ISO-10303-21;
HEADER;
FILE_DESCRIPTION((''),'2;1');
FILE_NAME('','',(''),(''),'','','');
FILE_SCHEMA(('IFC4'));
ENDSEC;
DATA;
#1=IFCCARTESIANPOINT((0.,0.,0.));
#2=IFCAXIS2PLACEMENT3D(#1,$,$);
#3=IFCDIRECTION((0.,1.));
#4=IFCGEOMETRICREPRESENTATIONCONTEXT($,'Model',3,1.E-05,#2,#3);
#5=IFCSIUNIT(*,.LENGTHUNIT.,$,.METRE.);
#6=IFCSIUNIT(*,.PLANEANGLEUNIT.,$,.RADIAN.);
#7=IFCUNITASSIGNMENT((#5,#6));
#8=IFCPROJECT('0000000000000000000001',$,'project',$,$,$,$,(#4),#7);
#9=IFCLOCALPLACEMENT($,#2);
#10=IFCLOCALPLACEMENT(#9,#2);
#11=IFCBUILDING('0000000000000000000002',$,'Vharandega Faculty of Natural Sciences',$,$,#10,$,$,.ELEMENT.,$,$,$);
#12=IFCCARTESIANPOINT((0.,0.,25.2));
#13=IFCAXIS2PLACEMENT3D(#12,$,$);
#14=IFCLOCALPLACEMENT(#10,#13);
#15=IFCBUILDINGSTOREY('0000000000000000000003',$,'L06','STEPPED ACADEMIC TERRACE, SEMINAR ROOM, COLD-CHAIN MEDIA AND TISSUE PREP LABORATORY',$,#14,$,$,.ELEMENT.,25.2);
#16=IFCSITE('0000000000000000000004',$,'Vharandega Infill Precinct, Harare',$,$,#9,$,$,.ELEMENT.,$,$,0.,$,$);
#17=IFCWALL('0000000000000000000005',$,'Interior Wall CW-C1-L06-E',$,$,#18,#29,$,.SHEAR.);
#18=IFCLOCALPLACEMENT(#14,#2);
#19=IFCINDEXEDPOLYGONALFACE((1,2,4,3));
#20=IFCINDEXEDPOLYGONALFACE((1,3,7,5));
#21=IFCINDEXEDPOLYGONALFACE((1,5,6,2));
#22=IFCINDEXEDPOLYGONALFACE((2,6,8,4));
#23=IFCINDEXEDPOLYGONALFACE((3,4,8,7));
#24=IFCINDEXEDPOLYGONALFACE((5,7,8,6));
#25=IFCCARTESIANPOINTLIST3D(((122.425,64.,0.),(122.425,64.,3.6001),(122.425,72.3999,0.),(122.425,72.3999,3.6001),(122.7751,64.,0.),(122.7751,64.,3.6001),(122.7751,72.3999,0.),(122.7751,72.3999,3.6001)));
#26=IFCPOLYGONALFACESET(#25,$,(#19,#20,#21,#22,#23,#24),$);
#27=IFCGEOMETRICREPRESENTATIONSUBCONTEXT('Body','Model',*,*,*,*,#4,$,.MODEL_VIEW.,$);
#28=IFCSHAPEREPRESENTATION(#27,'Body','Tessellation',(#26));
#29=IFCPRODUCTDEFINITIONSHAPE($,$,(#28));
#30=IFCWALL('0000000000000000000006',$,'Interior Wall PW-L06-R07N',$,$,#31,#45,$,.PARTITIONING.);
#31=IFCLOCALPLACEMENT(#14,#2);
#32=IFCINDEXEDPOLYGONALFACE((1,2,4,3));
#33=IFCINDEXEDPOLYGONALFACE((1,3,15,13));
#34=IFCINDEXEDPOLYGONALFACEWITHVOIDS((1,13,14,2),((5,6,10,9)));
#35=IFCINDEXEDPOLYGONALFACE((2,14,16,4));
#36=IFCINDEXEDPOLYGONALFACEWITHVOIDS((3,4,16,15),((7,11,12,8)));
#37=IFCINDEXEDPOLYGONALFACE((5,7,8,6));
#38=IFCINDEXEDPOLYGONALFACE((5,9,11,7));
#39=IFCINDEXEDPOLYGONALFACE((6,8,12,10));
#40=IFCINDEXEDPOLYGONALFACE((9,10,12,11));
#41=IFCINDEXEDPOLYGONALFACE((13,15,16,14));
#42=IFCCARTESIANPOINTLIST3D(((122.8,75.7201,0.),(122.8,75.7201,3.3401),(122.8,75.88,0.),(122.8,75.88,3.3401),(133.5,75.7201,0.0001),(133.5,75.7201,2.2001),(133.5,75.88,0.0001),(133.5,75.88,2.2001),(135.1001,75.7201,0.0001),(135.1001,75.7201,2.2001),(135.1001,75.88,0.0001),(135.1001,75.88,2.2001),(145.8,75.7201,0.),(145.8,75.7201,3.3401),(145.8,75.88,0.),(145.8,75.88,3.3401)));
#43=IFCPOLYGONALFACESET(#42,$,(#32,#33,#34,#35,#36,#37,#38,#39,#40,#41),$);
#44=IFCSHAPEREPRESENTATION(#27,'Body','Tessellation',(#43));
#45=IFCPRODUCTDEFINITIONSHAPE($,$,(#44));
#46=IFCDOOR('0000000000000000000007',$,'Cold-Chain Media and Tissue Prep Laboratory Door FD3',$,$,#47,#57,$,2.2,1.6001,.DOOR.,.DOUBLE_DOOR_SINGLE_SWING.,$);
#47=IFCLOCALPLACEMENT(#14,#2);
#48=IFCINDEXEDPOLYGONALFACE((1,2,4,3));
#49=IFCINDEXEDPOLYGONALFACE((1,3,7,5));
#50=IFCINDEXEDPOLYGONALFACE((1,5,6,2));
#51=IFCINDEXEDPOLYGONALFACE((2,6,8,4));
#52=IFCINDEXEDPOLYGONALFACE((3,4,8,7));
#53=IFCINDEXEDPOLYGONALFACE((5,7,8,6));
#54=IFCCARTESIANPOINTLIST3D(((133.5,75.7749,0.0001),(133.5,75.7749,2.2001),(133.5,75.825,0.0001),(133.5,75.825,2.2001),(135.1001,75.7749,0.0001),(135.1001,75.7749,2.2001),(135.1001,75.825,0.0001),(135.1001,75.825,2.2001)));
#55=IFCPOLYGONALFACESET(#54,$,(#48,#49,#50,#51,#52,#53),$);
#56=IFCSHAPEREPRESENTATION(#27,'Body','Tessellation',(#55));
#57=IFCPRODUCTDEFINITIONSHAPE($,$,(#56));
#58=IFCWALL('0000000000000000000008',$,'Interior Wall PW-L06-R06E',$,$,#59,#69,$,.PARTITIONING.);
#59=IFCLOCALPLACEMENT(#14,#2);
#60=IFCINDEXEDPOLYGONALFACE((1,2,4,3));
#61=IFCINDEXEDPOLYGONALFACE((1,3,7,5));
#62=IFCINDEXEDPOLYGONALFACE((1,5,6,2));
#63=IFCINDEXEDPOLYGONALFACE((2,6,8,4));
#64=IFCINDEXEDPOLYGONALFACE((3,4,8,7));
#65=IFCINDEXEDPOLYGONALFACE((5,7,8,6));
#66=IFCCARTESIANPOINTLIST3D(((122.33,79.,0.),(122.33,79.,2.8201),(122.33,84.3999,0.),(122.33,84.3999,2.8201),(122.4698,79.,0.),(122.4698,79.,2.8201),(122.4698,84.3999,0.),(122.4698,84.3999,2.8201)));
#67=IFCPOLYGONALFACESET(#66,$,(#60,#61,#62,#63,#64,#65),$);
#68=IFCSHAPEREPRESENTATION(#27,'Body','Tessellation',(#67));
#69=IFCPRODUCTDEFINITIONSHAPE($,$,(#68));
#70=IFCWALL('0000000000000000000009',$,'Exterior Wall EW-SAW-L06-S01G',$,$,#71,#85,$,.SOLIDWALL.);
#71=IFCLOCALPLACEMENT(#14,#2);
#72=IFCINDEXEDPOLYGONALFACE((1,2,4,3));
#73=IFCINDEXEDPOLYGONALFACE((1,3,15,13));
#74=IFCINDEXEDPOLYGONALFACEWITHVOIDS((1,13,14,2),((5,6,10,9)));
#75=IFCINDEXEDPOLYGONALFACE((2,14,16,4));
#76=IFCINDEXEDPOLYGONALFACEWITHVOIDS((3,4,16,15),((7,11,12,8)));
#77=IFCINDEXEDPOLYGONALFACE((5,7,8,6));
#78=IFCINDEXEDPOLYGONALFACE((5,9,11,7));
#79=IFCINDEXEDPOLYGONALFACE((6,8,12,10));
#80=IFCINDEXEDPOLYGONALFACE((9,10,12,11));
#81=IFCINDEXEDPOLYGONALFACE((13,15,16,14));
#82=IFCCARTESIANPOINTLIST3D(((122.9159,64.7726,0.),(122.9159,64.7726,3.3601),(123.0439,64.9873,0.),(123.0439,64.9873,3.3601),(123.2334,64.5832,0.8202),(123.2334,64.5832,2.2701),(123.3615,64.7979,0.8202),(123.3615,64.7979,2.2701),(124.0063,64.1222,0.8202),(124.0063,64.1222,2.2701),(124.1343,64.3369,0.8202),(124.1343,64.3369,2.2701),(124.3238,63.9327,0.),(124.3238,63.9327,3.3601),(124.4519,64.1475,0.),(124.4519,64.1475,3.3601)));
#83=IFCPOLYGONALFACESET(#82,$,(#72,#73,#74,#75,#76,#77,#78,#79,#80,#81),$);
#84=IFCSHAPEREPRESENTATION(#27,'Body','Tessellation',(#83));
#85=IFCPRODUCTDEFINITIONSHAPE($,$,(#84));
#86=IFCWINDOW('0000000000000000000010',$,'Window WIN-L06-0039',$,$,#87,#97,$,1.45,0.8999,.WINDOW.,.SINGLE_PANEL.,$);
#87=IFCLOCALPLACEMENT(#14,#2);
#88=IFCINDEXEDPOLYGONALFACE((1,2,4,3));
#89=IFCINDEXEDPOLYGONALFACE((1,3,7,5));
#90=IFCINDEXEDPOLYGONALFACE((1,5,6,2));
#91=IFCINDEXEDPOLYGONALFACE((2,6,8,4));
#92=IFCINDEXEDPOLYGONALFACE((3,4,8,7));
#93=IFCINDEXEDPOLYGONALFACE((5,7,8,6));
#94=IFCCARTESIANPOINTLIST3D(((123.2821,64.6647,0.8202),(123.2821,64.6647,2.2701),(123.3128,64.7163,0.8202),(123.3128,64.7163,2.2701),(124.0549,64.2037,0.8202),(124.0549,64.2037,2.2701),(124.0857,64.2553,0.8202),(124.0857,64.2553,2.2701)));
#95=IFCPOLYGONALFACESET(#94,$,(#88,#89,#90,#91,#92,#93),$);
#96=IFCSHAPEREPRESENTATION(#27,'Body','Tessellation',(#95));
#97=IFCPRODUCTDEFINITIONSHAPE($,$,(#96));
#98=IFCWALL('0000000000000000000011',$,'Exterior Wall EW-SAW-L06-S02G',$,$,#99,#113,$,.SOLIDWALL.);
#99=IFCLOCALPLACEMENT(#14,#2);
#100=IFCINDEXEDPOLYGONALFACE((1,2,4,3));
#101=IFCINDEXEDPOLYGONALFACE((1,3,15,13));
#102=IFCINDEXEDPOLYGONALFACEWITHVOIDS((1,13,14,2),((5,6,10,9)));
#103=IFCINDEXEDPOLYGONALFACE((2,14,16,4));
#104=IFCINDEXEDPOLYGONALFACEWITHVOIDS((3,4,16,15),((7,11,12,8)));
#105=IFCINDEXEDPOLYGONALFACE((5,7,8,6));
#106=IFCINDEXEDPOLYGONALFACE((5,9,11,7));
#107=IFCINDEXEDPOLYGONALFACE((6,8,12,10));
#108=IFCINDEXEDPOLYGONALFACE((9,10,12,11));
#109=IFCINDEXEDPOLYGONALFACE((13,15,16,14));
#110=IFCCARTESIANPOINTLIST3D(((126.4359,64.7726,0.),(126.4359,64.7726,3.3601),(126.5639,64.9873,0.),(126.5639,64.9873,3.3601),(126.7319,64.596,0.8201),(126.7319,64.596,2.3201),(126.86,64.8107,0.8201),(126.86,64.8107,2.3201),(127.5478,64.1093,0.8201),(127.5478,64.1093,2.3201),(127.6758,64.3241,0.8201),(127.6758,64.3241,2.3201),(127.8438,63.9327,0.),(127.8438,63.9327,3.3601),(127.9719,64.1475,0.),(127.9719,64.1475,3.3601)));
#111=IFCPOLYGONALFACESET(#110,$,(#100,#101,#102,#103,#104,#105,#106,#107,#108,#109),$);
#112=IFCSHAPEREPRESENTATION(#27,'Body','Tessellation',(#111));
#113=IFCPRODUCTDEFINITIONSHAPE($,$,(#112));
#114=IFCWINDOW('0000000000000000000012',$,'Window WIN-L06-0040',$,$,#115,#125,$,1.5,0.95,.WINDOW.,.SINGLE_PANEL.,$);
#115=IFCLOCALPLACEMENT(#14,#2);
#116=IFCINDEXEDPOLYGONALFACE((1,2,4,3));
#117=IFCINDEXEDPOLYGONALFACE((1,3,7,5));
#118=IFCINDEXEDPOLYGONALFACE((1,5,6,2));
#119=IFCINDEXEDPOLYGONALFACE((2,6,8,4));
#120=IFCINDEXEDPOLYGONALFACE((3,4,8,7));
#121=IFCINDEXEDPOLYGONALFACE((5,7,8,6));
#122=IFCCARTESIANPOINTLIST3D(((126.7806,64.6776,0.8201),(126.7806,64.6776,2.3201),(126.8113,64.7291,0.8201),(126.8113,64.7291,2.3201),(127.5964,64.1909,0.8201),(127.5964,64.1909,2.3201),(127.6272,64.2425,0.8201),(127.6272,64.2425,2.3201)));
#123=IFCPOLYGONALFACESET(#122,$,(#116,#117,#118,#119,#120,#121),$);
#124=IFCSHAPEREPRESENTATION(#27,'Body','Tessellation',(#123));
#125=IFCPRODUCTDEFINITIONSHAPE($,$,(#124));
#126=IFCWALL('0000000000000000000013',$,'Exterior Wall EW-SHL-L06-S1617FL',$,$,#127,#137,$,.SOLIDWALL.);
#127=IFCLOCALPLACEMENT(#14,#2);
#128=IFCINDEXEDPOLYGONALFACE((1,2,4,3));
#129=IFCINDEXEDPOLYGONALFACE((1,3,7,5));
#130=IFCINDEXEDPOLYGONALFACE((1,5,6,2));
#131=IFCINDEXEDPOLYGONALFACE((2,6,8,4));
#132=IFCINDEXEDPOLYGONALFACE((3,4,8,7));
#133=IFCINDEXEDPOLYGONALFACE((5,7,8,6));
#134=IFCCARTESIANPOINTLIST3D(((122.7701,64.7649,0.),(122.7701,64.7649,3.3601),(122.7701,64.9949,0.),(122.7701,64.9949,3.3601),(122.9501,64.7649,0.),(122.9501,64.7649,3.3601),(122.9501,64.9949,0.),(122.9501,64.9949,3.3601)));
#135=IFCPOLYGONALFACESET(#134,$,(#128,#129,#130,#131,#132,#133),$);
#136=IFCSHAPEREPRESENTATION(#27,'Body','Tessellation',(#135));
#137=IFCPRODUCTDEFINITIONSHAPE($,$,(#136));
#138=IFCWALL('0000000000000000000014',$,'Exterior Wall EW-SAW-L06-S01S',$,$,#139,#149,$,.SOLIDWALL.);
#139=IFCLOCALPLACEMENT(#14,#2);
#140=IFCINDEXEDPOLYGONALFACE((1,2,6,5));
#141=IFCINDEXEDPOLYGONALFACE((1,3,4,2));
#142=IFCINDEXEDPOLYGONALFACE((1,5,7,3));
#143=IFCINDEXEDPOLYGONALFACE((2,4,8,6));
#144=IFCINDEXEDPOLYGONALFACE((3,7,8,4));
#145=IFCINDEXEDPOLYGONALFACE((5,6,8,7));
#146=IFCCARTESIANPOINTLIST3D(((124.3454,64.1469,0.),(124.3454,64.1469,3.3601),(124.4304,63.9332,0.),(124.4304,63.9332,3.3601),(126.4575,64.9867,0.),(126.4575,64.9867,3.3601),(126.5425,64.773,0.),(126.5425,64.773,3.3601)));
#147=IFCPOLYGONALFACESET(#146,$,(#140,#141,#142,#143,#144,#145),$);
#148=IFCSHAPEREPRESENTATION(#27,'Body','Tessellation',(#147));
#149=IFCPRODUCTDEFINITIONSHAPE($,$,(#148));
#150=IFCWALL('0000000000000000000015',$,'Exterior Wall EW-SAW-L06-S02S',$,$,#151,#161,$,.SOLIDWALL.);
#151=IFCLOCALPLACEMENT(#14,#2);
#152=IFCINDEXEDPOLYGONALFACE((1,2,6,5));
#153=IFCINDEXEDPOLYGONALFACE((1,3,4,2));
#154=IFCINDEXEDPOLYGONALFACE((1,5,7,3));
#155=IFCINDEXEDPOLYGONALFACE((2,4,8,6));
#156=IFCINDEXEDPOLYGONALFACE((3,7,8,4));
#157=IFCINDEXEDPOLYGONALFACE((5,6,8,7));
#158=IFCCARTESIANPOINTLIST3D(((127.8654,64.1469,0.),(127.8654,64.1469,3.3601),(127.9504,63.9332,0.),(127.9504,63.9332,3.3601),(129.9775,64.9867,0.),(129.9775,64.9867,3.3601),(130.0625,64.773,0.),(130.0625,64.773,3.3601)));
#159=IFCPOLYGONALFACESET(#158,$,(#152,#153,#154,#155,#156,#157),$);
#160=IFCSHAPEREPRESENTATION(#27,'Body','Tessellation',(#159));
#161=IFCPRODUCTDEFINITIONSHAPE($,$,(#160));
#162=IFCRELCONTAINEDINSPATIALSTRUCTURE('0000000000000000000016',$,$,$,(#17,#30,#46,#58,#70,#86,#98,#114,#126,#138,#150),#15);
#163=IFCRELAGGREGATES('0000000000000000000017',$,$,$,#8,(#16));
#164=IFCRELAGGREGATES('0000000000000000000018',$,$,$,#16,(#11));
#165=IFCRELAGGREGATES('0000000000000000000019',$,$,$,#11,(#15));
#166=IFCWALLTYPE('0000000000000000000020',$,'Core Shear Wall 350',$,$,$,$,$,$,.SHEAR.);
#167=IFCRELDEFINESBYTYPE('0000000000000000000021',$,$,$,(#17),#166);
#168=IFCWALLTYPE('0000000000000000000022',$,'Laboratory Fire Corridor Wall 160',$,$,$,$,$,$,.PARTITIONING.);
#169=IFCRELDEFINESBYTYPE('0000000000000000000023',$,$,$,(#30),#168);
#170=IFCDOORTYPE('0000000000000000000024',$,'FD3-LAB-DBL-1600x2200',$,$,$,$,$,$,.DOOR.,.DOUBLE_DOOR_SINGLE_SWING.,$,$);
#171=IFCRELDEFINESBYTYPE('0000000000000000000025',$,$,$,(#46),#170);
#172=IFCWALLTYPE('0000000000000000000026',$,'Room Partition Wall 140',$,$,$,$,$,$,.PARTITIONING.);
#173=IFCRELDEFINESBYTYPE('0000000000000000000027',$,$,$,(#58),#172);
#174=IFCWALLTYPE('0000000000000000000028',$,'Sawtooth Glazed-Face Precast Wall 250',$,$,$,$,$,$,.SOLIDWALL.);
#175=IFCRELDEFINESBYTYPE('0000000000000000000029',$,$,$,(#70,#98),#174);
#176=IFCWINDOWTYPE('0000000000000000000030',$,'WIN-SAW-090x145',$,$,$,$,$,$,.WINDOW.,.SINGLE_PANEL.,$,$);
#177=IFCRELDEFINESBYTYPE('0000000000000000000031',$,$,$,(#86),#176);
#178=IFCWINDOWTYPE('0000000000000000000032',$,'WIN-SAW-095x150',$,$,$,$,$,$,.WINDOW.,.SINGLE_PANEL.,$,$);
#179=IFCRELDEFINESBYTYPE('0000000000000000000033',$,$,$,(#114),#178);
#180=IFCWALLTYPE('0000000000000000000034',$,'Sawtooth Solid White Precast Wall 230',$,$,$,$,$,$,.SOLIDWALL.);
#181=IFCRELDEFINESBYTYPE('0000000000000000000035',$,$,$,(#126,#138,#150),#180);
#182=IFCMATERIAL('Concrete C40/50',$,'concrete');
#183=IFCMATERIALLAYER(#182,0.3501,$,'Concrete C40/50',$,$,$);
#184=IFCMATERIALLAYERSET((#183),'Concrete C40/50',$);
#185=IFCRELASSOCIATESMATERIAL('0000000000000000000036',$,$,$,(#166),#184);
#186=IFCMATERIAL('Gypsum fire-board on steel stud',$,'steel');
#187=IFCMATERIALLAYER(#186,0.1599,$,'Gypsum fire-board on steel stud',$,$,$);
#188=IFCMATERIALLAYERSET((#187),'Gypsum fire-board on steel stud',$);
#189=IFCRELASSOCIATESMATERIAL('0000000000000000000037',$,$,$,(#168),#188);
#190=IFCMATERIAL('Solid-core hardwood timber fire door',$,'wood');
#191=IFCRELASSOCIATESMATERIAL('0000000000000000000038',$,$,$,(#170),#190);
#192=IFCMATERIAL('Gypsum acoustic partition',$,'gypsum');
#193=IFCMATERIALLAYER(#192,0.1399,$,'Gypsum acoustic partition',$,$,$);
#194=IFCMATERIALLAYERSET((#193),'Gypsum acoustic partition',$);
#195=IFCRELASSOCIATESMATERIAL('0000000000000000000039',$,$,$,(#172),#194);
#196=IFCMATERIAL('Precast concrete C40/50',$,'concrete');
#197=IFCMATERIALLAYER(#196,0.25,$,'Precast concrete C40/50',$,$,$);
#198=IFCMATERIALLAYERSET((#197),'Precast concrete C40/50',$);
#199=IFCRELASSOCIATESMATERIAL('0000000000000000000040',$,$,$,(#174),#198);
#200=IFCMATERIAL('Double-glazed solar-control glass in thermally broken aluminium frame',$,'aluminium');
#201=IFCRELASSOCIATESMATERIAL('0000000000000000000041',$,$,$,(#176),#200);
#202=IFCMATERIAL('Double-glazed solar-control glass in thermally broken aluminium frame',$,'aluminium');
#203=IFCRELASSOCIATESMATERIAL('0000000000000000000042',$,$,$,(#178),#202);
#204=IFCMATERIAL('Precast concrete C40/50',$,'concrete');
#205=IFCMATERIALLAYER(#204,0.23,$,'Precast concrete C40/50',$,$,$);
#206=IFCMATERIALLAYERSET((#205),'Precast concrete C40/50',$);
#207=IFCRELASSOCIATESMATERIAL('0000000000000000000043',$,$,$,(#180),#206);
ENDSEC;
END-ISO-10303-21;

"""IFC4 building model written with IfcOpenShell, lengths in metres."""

from ifc_helpers import new_model, si_unit, direction, frame, frame_2d, origin, place, context, subcontext, project, spatial, rectangle, extrude, material, layer, layer_set, type_object, element, fill, save


model = new_model("IFC4")

# Units and contexts
model_context = context("Model", 3, precision=1e-05, world=origin(), true_north=direction((0.0, 1.0)))
body_context = subcontext(model_context, "Body", "Model", "MODEL_VIEW")
ifc_project = project(units=[si_unit("LENGTHUNIT", "METRE"), si_unit("PLANEANGLEUNIT", "RADIAN")], contexts=[model_context])

# Site, building, storey
site_placement = place(None, origin())
site = spatial("IfcSite", under=ifc_project, at=site_placement, Name="Vharandega Infill Precinct, Harare", CompositionType="ELEMENT", RefElevation=0.0)
building_placement = place(site_placement, origin())
building = spatial("IfcBuilding", under=site, at=building_placement, Name="Vharandega Faculty of Natural Sciences", CompositionType="ELEMENT")
storey_placement = place(building_placement, frame((0.0, 0.0, 25.2)))
storey = spatial("IfcBuildingStorey", under=building, at=storey_placement, Name="L06", Description="STEPPED ACADEMIC TERRACE, SEMINAR ROOM, COLD-CHAIN MEDIA AND TISSUE PREP LABORATORY", CompositionType="ELEMENT", Elevation=25.2)

# Wall
ifc_material_1 = material(Name="Concrete C40/50", Category="concrete")
ifc_layer_1 = layer(ifc_material_1, 0.3501, Name="Concrete C40/50")
ifc_layer_set_1 = layer_set([ifc_layer_1], Name="Concrete C40/50")
wall_type_1 = type_object("IfcWallType", Name="Core Shear Wall 350", PredefinedType="SHEAR", material=ifc_layer_set_1)
wall_1_placement = place(storey_placement, frame((122.6001, 64.0, 0.0), z_axis=(0.0, 0.0, 1.0), x_axis=(0.0, 1.0, 0.0)))
element("IfcWall", 1, at=wall_1_placement, inside=storey, type_object=wall_type_1, Name="Interior Wall CW-C1-L06-E", PredefinedType="SHEAR", context=body_context, shape_type="SweptSolid", body=[
    extrude(rectangle(XDim=8.3999, YDim=0.3501, at=frame_2d((4.2, 0.0))), origin(), (0.0, 0.0, 1.0), 3.6001),
])

# Wall, opening, door
ifc_material_2 = material(Name="Gypsum fire-board on steel stud", Category="steel")
ifc_layer_2 = layer(ifc_material_2, 0.1599, Name="Gypsum fire-board on steel stud")
ifc_layer_set_2 = layer_set([ifc_layer_2], Name="Gypsum fire-board on steel stud")
wall_type_2 = type_object("IfcWallType", Name="Laboratory Fire Corridor Wall 160", PredefinedType="PARTITIONING", material=ifc_layer_set_2)
wall_2_placement = place(storey_placement, frame((122.8, 75.8, 0.0), z_axis=(0.0, 0.0, 1.0), x_axis=(1.0, 0.0, 0.0)))
wall_2 = element("IfcWall", 2, at=wall_2_placement, inside=storey, type_object=wall_type_2, Name="Interior Wall PW-L06-R07N", PredefinedType="PARTITIONING", context=body_context, shape_type="SweptSolid", body=[
    extrude(rectangle(XDim=23.0, YDim=0.1599, at=frame_2d((11.5, 0.0))), origin(), (0.0, 0.0, 1.0), 3.3401),
])
opening_1_placement = place(wall_2_placement, frame((10.7, 0.0, 0.0)))
opening_1 = element("IfcOpeningElement", 3, at=opening_1_placement, cuts=wall_2, PredefinedType="OPENING", context=body_context, shape_type="SweptSolid", body=[
    extrude(rectangle(XDim=1.6001, YDim=2.2, at=frame_2d((0.8, 1.1001))), frame((0.0, 0.0898, 0.0), z_axis=(0.0, -1.0, 0.0), x_axis=(1.0, 0.0, 0.0)), (0.0, 0.0, 1.0), 0.1799),
])
ifc_material_3 = material(Name="Solid-core hardwood timber fire door", Category="wood")
door_type = type_object("IfcDoorType", Name="FD3-LAB-DBL-1600x2200", OperationType="DOUBLE_DOOR_SINGLE_SWING", PredefinedType="DOOR", material=ifc_material_3)
door_placement = place(opening_1_placement, origin())
door = element("IfcDoor", 4, at=door_placement, inside=storey, type_object=door_type, Name="Cold-Chain Media and Tissue Prep Laboratory Door FD3", OperationType="DOUBLE_DOOR_SINGLE_SWING", OverallHeight=2.2, OverallWidth=1.6001, PredefinedType="DOOR", context=body_context, shape_type="SweptSolid", body=[
    extrude(rectangle(XDim=1.6001, YDim=2.2, at=frame_2d((0.8, 1.1001))), frame((0.0, 0.0249, 0.0), z_axis=(0.0, -1.0, 0.0), x_axis=(1.0, 0.0, 0.0)), (0.0, 0.0, 1.0), 0.05),
])
fill(opening_1, door)

# Wall
ifc_material_4 = material(Name="Gypsum acoustic partition", Category="gypsum")
ifc_layer_3 = layer(ifc_material_4, 0.1399, Name="Gypsum acoustic partition")
ifc_layer_set_3 = layer_set([ifc_layer_3], Name="Gypsum acoustic partition")
wall_type_3 = type_object("IfcWallType", Name="Room Partition Wall 140", PredefinedType="PARTITIONING", material=ifc_layer_set_3)
wall_3_placement = place(storey_placement, frame((122.3999, 79.0, 0.0), z_axis=(0.0, 0.0, 1.0), x_axis=(0.0, 1.0, 0.0)))
element("IfcWall", 5, at=wall_3_placement, inside=storey, type_object=wall_type_3, Name="Interior Wall PW-L06-R06E", PredefinedType="PARTITIONING", context=body_context, shape_type="SweptSolid", body=[
    extrude(rectangle(XDim=5.3999, YDim=0.1399, at=frame_2d((2.7, 0.0))), origin(), (0.0, 0.0, 1.0), 2.8201),
])

# Walls, openings, windows
ifc_material_5 = material(Name="Precast concrete C40/50", Category="concrete")
ifc_layer_4 = layer(ifc_material_5, 0.25, Name="Precast concrete C40/50")
ifc_layer_set_4 = layer_set([ifc_layer_4], Name="Precast concrete C40/50")
wall_type_4 = type_object("IfcWallType", Name="Sawtooth Glazed-Face Precast Wall 250", PredefinedType="SOLIDWALL", material=ifc_layer_set_4)
wall_4_placement = place(storey_placement, frame((124.3879, 64.04, 0.0), z_axis=(0.0, 0.0, 1.0), x_axis=(-0.858817, 0.512282, 0.0)))
wall_4 = element("IfcWall", 6, at=wall_4_placement, inside=storey, type_object=wall_type_4, Name="Exterior Wall EW-SAW-L06-S01G", PredefinedType="SOLIDWALL", context=body_context, shape_type="SweptSolid", body=[
    extrude(rectangle(XDim=1.6394, YDim=0.25, at=frame_2d((0.8198, 0.0))), origin(), (0.0, 0.0, 1.0), 3.3601),
])
opening_2_placement = place(wall_4_placement, frame((0.3699, 0.0, 0.8201)))
opening_2 = element("IfcOpeningElement", 7, at=opening_2_placement, cuts=wall_4, PredefinedType="OPENING", context=body_context, shape_type="SweptSolid", body=[
    extrude(rectangle(XDim=0.8999, YDim=1.45, at=frame_2d((0.45, 0.7251))), frame((0.0, 0.135, 0.0), z_axis=(0.0, -1.0, 0.0), x_axis=(1.0, 0.0, 0.0)), (0.0, 0.0, 1.0), 0.27),
])
ifc_material_6 = material(Name="Double-glazed solar-control glass in thermally broken aluminium frame", Category="aluminium")
window_type_1 = type_object("IfcWindowType", Name="WIN-SAW-090x145", PartitioningType="SINGLE_PANEL", PredefinedType="WINDOW", material=ifc_material_6)
window_1_placement = place(opening_2_placement, origin())
window_1 = element("IfcWindow", 8, at=window_1_placement, inside=storey, type_object=window_type_1, Name="Window WIN-L06-0039", OverallHeight=1.45, OverallWidth=0.8999, PartitioningType="SINGLE_PANEL", PredefinedType="WINDOW", context=body_context, shape_type="SweptSolid", body=[
    extrude(rectangle(XDim=0.8999, YDim=1.45, at=frame_2d((0.45, 0.7251))), frame((0.0, 0.03, 0.0), z_axis=(0.0, -1.0, 0.0), x_axis=(1.0, 0.0, 0.0)), (0.0, 0.0, 1.0), 0.0601),
])
fill(opening_2, window_1)
wall_5_placement = place(storey_placement, frame((127.908, 64.04, 0.0), z_axis=(0.0, 0.0, 1.0), x_axis=(-0.858817, 0.512282, 0.0)))
wall_5 = element("IfcWall", 9, at=wall_5_placement, inside=storey, type_object=wall_type_4, Name="Exterior Wall EW-SAW-L06-S02G", PredefinedType="SOLIDWALL", context=body_context, shape_type="SweptSolid", body=[
    extrude(rectangle(XDim=1.6394, YDim=0.25, at=frame_2d((0.8198, 0.0))), origin(), (0.0, 0.0, 1.0), 3.3601),
])
opening_3_placement = place(wall_5_placement, frame((0.3447, 0.0, 0.8201)))
opening_3 = element("IfcOpeningElement", 10, at=opening_3_placement, cuts=wall_5, PredefinedType="OPENING", context=body_context, shape_type="SweptSolid", body=[
    extrude(rectangle(XDim=0.95, YDim=1.5, at=frame_2d((0.4751, 0.75))), frame((0.0, 0.135, 0.0), z_axis=(0.0, -1.0, 0.0), x_axis=(1.0, 0.0, 0.0)), (0.0, 0.0, 1.0), 0.27),
])
ifc_material_7 = material(Name="Double-glazed solar-control glass in thermally broken aluminium frame", Category="aluminium")
window_type_2 = type_object("IfcWindowType", Name="WIN-SAW-095x150", PartitioningType="SINGLE_PANEL", PredefinedType="WINDOW", material=ifc_material_7)
window_2_placement = place(opening_3_placement, origin())
window_2 = element("IfcWindow", 11, at=window_2_placement, inside=storey, type_object=window_type_2, Name="Window WIN-L06-0040", OverallHeight=1.5, OverallWidth=0.95, PartitioningType="SINGLE_PANEL", PredefinedType="WINDOW", context=body_context, shape_type="SweptSolid", body=[
    extrude(rectangle(XDim=0.95, YDim=1.5, at=frame_2d((0.4751, 0.75))), frame((0.0, 0.03, 0.0), z_axis=(0.0, -1.0, 0.0), x_axis=(1.0, 0.0, 0.0)), (0.0, 0.0, 1.0), 0.0601),
])
fill(opening_3, window_2)

# Walls
ifc_material_8 = material(Name="Precast concrete C40/50", Category="concrete")
ifc_layer_5 = layer(ifc_material_8, 0.23, Name="Precast concrete C40/50")
ifc_layer_set_5 = layer_set([ifc_layer_5], Name="Precast concrete C40/50")
wall_type_5 = type_object("IfcWallType", Name="Sawtooth Solid White Precast Wall 230", PredefinedType="SOLIDWALL", material=ifc_layer_set_5)
wall_6_placement = place(storey_placement, frame((122.95, 64.8799, 0.0), z_axis=(0.0, 0.0, 1.0), x_axis=(-1.0, 0.0, 0.0)))
element("IfcWall", 12, at=wall_6_placement, inside=storey, type_object=wall_type_5, Name="Exterior Wall EW-SHL-L06-S1617FL", PredefinedType="SOLIDWALL", context=body_context, shape_type="SweptSolid", body=[
    extrude(rectangle(XDim=0.1799, YDim=0.23, at=frame_2d((0.0898, 0.0))), origin(), (0.0, 0.0, 1.0), 3.3601),
])
for number, where, z_axis, x_axis, name in (
    (13, (126.5, 64.8799, 0.0), (0.0, 0.0, 1.0), (-0.92923, -0.369501, 0.0), "Exterior Wall EW-SAW-L06-S01S"),
    (14, (130.02, 64.8799, 0.0), (0.0, 0.0, 1.0), (-0.92923, -0.369501, 0.0), "Exterior Wall EW-SAW-L06-S02S"),
):
    element("IfcWall", number, at=place(storey_placement, frame(where, z_axis=z_axis, x_axis=x_axis)), inside=storey, type_object=wall_type_5, Name=name, PredefinedType="SOLIDWALL", context=body_context, shape_type="SweptSolid", body=[
        extrude(rectangle(XDim=2.2729, YDim=0.23, at=frame_2d((1.1365, 0.0))), origin(), (0.0, 0.0, 1.0), 3.3601),
    ])

save(model, "model.ifc")
